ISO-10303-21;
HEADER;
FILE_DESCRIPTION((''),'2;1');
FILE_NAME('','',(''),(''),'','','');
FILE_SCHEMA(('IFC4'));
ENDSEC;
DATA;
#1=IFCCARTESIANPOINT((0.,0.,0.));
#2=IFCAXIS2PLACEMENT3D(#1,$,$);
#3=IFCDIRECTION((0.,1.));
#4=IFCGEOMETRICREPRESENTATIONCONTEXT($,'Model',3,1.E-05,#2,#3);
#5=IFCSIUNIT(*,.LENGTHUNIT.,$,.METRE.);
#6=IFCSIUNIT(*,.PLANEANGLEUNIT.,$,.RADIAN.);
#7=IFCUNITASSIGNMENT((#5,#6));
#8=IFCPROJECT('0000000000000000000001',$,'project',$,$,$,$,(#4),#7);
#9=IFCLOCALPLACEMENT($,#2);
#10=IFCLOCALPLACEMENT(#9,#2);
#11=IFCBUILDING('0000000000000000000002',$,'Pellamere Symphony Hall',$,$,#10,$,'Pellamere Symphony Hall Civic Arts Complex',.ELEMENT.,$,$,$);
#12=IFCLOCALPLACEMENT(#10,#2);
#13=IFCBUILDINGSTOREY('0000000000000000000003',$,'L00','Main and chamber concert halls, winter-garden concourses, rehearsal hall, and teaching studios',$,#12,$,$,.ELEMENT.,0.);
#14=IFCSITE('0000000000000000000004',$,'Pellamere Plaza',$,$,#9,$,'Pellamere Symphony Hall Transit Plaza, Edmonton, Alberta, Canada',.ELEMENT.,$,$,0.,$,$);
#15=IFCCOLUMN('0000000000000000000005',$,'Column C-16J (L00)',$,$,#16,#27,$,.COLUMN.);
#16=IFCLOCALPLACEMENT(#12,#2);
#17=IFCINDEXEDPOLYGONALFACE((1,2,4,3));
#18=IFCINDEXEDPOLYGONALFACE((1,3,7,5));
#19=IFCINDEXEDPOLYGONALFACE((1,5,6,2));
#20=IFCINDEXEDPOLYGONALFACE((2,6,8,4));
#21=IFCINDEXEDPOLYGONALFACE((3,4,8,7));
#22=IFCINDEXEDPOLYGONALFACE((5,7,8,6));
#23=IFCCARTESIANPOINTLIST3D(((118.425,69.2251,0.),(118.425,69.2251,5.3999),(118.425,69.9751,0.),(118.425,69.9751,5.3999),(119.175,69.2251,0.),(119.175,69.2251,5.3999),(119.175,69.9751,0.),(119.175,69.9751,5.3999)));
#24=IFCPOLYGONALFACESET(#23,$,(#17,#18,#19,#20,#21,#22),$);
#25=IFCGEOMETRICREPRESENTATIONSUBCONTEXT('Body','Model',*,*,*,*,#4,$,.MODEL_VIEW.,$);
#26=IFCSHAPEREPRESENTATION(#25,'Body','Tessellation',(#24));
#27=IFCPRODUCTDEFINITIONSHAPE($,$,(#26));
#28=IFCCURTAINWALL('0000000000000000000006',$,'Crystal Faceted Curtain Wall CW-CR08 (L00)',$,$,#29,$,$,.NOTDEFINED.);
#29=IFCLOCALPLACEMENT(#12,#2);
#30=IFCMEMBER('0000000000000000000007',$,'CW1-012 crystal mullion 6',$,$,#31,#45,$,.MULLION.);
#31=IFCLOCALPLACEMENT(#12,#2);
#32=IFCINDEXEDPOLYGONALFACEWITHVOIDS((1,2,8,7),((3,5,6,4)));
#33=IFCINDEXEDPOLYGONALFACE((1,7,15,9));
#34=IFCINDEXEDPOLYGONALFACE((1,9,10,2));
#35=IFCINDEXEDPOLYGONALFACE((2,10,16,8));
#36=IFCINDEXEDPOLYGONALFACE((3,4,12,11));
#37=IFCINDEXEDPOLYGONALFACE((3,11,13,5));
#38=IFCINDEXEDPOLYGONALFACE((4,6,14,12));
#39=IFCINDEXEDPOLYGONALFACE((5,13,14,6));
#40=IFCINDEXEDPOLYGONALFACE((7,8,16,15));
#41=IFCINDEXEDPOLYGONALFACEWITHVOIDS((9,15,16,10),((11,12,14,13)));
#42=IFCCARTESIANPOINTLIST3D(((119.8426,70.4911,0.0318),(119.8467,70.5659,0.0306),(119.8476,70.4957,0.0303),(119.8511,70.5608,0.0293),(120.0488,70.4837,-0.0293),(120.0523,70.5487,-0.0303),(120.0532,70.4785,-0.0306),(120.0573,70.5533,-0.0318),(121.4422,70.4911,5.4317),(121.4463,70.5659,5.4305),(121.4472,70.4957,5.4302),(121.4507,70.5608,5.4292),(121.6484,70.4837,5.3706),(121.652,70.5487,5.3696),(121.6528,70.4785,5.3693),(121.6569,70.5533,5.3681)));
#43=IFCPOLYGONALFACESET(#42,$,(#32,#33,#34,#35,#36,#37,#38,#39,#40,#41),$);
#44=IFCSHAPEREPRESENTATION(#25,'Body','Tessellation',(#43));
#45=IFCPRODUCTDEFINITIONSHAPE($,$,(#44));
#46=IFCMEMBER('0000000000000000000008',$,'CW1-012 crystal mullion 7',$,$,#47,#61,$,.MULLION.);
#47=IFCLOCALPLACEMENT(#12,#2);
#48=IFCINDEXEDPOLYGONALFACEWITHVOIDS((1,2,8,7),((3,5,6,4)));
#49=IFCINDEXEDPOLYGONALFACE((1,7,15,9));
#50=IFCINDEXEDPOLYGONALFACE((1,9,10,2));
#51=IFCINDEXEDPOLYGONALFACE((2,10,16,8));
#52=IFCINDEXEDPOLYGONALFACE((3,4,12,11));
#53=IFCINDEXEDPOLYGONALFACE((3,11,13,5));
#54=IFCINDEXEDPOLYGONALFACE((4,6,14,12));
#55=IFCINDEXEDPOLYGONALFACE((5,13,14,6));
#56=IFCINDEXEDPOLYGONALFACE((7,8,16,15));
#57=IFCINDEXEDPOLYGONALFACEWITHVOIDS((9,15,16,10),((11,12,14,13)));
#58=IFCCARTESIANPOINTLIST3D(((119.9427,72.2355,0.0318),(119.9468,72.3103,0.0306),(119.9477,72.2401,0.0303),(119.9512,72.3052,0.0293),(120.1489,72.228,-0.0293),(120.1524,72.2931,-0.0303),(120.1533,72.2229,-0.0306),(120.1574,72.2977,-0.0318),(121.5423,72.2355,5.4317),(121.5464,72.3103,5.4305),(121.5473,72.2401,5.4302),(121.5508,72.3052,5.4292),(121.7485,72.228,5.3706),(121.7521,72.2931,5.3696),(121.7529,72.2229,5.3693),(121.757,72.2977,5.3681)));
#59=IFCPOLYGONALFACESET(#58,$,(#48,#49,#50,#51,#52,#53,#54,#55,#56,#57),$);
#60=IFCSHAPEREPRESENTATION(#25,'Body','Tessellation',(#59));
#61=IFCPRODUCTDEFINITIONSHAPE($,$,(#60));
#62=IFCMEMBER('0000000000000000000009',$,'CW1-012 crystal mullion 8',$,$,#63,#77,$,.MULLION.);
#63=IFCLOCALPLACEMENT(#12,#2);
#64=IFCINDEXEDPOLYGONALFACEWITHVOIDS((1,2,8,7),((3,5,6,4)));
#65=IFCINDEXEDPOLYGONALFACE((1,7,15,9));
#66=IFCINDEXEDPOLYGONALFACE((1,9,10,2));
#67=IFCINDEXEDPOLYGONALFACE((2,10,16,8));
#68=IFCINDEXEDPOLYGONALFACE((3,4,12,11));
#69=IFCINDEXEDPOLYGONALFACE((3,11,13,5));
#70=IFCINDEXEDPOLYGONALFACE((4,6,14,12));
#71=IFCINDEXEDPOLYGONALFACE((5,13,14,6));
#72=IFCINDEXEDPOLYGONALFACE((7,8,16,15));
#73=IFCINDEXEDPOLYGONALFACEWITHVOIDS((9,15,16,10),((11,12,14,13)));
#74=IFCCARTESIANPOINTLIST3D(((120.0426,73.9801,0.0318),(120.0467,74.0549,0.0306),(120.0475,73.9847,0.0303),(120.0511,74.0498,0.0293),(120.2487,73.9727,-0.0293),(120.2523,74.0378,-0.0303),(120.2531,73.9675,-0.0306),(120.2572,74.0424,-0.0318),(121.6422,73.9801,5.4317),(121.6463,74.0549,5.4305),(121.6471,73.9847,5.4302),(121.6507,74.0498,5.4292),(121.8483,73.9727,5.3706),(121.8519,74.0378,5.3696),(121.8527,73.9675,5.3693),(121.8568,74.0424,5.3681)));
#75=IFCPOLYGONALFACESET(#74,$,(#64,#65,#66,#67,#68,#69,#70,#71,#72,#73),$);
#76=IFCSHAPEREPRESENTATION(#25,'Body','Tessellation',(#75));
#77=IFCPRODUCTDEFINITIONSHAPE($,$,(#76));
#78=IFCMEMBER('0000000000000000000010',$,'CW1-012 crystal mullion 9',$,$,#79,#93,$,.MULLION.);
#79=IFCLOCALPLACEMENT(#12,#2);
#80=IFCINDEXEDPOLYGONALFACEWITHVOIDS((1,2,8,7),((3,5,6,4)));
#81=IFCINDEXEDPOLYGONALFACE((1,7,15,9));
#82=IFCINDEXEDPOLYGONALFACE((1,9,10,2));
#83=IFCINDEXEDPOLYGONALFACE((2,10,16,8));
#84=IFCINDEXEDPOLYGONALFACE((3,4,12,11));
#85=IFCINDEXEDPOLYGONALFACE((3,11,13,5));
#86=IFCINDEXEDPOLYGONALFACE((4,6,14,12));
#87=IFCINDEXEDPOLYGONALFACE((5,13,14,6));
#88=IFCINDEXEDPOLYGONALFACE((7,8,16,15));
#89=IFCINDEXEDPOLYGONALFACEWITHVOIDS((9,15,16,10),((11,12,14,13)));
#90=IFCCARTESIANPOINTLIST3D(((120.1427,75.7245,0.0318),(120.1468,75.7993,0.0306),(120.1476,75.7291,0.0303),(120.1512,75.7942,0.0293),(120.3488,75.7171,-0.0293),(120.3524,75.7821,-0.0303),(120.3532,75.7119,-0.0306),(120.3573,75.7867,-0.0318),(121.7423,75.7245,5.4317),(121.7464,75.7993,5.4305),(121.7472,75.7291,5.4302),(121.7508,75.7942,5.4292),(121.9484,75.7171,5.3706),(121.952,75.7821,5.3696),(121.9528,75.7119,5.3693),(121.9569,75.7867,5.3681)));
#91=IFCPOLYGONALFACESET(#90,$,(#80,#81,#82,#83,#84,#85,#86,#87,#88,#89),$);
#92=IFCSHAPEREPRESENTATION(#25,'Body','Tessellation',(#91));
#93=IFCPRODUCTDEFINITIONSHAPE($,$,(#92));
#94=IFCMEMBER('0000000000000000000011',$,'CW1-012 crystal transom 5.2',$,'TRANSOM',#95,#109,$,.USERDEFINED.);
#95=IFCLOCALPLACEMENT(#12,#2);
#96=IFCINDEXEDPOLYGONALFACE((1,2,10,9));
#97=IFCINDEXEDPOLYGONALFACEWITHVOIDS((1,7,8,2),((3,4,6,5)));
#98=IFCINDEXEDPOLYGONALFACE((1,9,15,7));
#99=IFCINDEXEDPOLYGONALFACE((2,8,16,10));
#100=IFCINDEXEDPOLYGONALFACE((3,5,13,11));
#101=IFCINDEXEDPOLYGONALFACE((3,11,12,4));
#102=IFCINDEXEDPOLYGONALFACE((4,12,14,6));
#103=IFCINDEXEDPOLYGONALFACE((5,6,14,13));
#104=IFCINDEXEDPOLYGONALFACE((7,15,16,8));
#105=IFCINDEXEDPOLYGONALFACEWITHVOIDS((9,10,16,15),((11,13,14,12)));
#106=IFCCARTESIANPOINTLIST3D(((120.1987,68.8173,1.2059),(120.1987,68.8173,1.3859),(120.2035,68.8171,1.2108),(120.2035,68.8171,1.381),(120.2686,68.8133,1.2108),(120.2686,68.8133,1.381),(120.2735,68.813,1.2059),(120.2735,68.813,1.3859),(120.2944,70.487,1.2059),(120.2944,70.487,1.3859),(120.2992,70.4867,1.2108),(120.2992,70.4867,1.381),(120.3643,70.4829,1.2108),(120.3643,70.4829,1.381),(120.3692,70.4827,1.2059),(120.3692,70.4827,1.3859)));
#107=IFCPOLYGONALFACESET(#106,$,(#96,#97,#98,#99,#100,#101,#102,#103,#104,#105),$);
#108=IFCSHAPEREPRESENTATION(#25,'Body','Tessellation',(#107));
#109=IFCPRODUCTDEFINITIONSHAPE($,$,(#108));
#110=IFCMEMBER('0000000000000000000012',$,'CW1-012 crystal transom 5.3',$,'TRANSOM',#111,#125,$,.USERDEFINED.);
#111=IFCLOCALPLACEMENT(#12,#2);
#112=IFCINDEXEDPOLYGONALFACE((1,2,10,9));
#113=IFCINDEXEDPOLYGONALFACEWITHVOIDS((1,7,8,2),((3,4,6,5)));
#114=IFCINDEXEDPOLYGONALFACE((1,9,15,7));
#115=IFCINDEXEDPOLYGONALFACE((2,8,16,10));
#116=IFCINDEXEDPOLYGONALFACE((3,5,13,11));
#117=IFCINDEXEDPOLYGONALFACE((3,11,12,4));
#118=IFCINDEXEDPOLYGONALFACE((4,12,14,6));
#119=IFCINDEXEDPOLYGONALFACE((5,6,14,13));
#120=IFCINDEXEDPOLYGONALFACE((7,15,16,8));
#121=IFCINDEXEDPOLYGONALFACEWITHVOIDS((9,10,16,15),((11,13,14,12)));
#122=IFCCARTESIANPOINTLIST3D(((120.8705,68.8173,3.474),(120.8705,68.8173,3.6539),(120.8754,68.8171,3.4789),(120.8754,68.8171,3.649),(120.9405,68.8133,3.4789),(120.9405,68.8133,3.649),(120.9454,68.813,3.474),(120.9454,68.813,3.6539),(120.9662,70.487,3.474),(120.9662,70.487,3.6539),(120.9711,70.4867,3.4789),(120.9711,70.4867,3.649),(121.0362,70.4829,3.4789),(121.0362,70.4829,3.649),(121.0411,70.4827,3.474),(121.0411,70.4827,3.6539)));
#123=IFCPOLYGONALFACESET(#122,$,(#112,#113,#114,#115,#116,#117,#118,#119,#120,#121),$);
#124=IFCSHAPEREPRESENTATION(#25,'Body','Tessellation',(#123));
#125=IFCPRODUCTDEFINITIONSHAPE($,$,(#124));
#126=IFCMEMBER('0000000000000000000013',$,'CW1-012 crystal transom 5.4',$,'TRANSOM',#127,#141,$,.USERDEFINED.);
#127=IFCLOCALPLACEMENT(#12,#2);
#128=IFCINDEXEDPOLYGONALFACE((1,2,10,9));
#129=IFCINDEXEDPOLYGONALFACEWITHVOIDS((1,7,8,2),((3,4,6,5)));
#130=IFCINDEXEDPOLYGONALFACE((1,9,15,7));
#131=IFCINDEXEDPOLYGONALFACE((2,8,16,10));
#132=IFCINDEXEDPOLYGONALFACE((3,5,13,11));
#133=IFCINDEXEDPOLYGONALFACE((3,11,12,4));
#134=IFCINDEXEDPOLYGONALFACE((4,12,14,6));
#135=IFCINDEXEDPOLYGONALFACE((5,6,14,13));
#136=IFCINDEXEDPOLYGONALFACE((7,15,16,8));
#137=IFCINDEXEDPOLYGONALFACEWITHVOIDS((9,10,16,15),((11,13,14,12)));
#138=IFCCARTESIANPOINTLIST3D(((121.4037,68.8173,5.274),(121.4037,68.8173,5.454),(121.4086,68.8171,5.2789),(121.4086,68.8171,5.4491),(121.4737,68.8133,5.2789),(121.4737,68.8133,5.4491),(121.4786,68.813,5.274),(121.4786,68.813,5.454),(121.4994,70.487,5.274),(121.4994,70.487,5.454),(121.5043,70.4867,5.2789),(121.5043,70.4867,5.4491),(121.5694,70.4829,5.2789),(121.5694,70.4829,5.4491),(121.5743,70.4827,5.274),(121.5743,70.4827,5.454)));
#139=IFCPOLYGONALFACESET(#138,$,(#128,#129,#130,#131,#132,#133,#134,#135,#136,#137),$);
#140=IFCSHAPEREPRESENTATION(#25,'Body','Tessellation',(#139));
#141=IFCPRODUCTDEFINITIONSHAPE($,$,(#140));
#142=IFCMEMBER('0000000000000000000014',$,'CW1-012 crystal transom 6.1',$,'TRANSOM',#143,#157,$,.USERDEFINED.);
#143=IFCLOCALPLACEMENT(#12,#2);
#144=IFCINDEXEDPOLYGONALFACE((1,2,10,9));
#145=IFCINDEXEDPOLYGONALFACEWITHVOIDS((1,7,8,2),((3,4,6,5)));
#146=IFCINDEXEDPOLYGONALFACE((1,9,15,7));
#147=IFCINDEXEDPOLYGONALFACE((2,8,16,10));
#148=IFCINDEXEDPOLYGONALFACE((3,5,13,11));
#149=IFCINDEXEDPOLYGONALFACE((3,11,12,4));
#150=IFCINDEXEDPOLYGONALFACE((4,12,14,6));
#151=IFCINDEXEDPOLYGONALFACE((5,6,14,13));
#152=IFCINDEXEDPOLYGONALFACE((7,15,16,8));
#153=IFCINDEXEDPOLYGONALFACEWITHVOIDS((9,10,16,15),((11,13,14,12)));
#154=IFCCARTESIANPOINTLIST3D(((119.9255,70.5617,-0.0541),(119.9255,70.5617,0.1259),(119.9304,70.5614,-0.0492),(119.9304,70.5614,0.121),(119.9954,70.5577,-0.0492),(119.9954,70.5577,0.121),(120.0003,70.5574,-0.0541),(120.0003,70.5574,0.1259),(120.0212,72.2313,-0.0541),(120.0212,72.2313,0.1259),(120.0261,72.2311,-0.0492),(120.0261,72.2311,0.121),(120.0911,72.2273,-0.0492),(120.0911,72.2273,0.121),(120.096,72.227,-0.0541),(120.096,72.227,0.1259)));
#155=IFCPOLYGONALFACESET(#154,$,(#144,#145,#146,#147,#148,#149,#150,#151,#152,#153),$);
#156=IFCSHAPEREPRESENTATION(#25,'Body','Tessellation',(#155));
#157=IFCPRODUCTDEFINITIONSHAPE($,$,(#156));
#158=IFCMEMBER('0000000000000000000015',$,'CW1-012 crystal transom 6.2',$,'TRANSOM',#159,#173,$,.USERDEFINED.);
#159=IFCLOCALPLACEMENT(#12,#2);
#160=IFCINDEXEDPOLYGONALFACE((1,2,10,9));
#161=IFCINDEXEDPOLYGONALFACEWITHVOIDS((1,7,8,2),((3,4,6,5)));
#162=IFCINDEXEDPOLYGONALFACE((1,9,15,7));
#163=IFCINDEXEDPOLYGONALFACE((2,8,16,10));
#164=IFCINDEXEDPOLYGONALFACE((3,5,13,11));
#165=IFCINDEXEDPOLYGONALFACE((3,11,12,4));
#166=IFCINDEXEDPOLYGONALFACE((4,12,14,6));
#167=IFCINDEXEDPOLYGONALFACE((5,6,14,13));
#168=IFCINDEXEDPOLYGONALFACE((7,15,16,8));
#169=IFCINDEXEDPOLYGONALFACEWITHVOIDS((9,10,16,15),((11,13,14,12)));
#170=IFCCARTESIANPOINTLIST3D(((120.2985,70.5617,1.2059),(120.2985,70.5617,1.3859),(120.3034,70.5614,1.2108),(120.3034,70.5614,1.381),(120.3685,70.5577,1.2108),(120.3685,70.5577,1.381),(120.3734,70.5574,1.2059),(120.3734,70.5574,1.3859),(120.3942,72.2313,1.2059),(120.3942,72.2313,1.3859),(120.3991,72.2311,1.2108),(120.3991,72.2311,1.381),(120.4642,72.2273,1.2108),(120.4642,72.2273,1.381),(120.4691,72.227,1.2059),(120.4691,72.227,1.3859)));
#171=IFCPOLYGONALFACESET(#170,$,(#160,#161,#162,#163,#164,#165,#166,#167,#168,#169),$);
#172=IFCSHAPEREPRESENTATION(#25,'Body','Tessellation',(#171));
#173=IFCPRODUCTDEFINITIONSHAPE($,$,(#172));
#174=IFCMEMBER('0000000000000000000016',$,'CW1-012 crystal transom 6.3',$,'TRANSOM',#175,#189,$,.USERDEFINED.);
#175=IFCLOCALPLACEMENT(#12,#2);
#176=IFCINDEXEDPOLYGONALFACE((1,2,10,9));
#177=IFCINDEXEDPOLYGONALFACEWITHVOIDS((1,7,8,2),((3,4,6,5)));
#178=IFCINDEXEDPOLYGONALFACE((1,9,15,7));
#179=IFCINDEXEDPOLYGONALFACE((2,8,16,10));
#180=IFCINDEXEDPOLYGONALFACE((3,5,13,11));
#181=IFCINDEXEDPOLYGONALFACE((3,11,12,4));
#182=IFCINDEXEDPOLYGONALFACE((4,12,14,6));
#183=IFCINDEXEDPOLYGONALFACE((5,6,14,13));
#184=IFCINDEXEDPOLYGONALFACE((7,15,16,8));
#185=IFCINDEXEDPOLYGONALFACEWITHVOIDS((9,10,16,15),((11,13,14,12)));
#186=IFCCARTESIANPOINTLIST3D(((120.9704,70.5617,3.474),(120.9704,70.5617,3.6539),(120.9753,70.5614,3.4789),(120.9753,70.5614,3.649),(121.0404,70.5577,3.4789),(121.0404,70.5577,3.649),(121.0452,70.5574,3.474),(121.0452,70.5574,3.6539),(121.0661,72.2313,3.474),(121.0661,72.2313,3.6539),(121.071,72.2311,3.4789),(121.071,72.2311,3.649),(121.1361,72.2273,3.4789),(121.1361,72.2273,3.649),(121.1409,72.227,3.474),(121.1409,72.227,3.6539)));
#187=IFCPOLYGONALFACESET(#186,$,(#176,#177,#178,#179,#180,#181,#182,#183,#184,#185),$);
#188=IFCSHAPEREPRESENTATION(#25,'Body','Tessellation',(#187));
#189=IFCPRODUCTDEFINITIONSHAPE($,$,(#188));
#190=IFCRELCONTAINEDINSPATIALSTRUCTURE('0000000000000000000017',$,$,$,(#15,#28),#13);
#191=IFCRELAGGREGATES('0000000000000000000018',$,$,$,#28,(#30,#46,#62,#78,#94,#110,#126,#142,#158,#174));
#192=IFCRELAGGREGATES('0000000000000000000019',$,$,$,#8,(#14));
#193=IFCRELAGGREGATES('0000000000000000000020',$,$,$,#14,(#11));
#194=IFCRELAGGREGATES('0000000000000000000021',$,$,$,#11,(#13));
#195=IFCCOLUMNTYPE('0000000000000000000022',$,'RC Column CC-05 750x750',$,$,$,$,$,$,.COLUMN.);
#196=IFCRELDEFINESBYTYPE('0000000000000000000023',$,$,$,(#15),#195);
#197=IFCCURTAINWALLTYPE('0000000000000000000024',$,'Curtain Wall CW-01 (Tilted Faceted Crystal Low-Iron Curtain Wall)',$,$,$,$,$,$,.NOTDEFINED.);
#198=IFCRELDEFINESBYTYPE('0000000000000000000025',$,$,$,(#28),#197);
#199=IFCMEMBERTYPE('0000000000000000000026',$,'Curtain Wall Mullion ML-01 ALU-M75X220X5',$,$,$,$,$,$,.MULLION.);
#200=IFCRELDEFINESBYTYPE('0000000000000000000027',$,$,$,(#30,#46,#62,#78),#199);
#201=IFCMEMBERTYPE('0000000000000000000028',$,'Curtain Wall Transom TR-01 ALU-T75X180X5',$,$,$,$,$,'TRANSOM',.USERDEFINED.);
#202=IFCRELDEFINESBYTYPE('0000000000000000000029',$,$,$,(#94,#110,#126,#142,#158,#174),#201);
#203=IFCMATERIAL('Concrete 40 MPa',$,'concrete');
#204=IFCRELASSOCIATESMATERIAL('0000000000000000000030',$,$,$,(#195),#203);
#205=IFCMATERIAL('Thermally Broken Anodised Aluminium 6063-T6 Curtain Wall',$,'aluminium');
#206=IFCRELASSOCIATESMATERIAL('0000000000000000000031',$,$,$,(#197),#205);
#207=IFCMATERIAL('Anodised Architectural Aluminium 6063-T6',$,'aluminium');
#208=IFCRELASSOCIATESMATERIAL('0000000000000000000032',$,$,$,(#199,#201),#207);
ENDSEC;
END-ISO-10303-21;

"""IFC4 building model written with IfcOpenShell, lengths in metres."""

from ifc_helpers import new_model, si_unit, direction, frame, origin, origin_2d, place, context, subcontext, project, spatial, rectangle, hollow_rectangle, extrude, material, material_profile, profile_set, type_object, element, aggregate, save


model = new_model("IFC4")

# Units and contexts
model_context = context("Model", 3, precision=1e-05, world=origin(), true_north=direction((0.0, 1.0)))
body_context = subcontext(model_context, "Body", "Model", "MODEL_VIEW")
ifc_project = project(units=[si_unit("LENGTHUNIT", "METRE"), si_unit("PLANEANGLEUNIT", "RADIAN")], contexts=[model_context])

# Site, building, storey
site_placement = place(None, origin())
site = spatial("IfcSite", under=ifc_project, at=site_placement, Name="Pellamere Plaza", LongName="Pellamere Symphony Hall Transit Plaza, Edmonton, Alberta, Canada", CompositionType="ELEMENT", RefElevation=0.0)
building_placement = place(site_placement, origin())
building = spatial("IfcBuilding", under=site, at=building_placement, Name="Pellamere Symphony Hall", LongName="Pellamere Symphony Hall Civic Arts Complex", CompositionType="ELEMENT")
storey_placement = place(building_placement, origin())
storey = spatial("IfcBuildingStorey", under=building, at=storey_placement, Name="L00", Description="Main and chamber concert halls, winter-garden concourses, rehearsal hall, and teaching studios", CompositionType="ELEMENT", Elevation=0.0)

# Column
ifc_material_1 = material(Name="Concrete 40 MPa", Category="concrete")
ifc_material_profile_1 = material_profile(ifc_material_1, rectangle(XDim=0.75, YDim=0.75, at=origin_2d()), Name="RC 750x750")
ifc_profile_set_1 = profile_set([ifc_material_profile_1], Name="Concrete 40 MPa")
column_type = type_object("IfcColumnType", Name="RC Column CC-05 750x750", PredefinedType="COLUMN", material=ifc_profile_set_1)
column_placement = place(storey_placement, frame((118.8, 69.6001, 0.0), z_axis=(0.0, 0.0, 1.0), x_axis=(1.0, 0.0, 0.0)))
element("IfcColumn", 1, at=column_placement, inside=storey, type_object=column_type, Name="Column C-16J (L00)", PredefinedType="COLUMN", context=body_context, shape_type="SweptSolid", body=[
    extrude(rectangle(XDim=0.75, YDim=0.75, at=origin_2d()), origin(), (0.0, 0.0, 1.0), 5.3999),
])

# Curtain wall, members
ifc_material_2 = material(Name="Thermally Broken Anodised Aluminium 6063-T6 Curtain Wall", Category="aluminium")
curtain_wall_type = type_object("IfcCurtainWallType", Name="Curtain Wall CW-01 (Tilted Faceted Crystal Low-Iron Curtain Wall)", PredefinedType="NOTDEFINED", material=ifc_material_2)
curtain_wall_placement = place(storey_placement, origin())
curtain_wall = element("IfcCurtainWall", 2, at=curtain_wall_placement, inside=storey, type_object=curtain_wall_type, Name="Crystal Faceted Curtain Wall CW-CR08 (L00)", PredefinedType="NOTDEFINED")
ifc_material_3 = material(Name="Anodised Architectural Aluminium 6063-T6", Category="aluminium")
ifc_material_profile_2 = material_profile(ifc_material_3, hollow_rectangle(XDim=0.075, YDim=0.22, WallThickness=0.0049, at=origin_2d()), Name="ALU-M75X220X5")
ifc_profile_set_2 = profile_set([ifc_material_profile_2], Name="Anodised Architectural Aluminium 6063-T6")
member_type_1 = type_object("IfcMemberType", Name="Curtain Wall Mullion ML-01 ALU-M75X220X5", PredefinedType="MULLION", material=ifc_profile_set_2)
member_1_placement = place(storey_placement, frame((119.95, 70.5222, 0.0), z_axis=(0.284029, 0.0, 0.958816), x_axis=(-0.054874, -0.998361, 0.016255)))
member_1 = element("IfcMember", 3, at=member_1_placement, type_object=member_type_1, Name="CW1-012 crystal mullion 6", PredefinedType="MULLION", context=body_context, shape_type="SweptSolid", body=[
    extrude(hollow_rectangle(XDim=0.075, YDim=0.22, WallThickness=0.0049, at=origin_2d()), origin(), (0.0, 0.0, 1.0), 5.6318),
])
member_2_placement = place(storey_placement, frame((120.05, 72.2666, 0.0), z_axis=(0.284029, 0.0, 0.958816), x_axis=(-0.054874, -0.998361, 0.016255)))
member_2 = element("IfcMember", 4, at=member_2_placement, type_object=member_type_1, Name="CW1-012 crystal mullion 7", PredefinedType="MULLION", context=body_context, shape_type="SweptSolid", body=[
    extrude(hollow_rectangle(XDim=0.075, YDim=0.22, WallThickness=0.0049, at=origin_2d()), origin(), (0.0, 0.0, 1.0), 5.6318),
])
member_3_placement = place(storey_placement, frame((120.1499, 74.0112, 0.0), z_axis=(0.284029, 0.0, 0.958816), x_axis=(-0.054874, -0.998361, 0.016255)))
member_3 = element("IfcMember", 5, at=member_3_placement, type_object=member_type_1, Name="CW1-012 crystal mullion 8", PredefinedType="MULLION", context=body_context, shape_type="SweptSolid", body=[
    extrude(hollow_rectangle(XDim=0.075, YDim=0.22, WallThickness=0.0049, at=origin_2d()), origin(), (0.0, 0.0, 1.0), 5.6318),
])
member_4_placement = place(storey_placement, frame((120.25, 75.7556, 0.0), z_axis=(0.284029, 0.0, 0.958816), x_axis=(-0.054874, -0.998361, 0.016255)))
member_4 = element("IfcMember", 6, at=member_4_placement, type_object=member_type_1, Name="CW1-012 crystal mullion 9", PredefinedType="MULLION", context=body_context, shape_type="SweptSolid", body=[
    extrude(hollow_rectangle(XDim=0.075, YDim=0.22, WallThickness=0.0049, at=origin_2d()), origin(), (0.0, 0.0, 1.0), 5.6318),
])
ifc_material_profile_3 = material_profile(ifc_material_3, hollow_rectangle(XDim=0.075, YDim=0.1799, WallThickness=0.0049, at=origin_2d()), Name="ALU-T75X180X5")
ifc_profile_set_3 = profile_set([ifc_material_profile_3], Name="Anodised Architectural Aluminium 6063-T6")
member_type_2 = type_object("IfcMemberType", Name="Curtain Wall Transom TR-01 ALU-T75X180X5", ElementType="TRANSOM", PredefinedType="USERDEFINED", material=ifc_profile_set_3)
member_5_placement = place(storey_placement, frame((120.2361, 68.8152, 1.2959), z_axis=(0.057224, 0.998361, 0.0), x_axis=(-0.998361, 0.057224, 0.0)))
member_5 = element("IfcMember", 7, at=member_5_placement, type_object=member_type_2, Name="CW1-012 crystal transom 5.2", ObjectType="TRANSOM", PredefinedType="USERDEFINED", context=body_context, shape_type="SweptSolid", body=[
    extrude(hollow_rectangle(XDim=0.075, YDim=0.1799, WallThickness=0.0049, at=origin_2d()), origin(), (0.0, 0.0, 1.0), 1.6724),
])
member_6_placement = place(storey_placement, frame((120.908, 68.8152, 3.564), z_axis=(0.057224, 0.998361, 0.0), x_axis=(-0.998361, 0.057224, 0.0)))
member_6 = element("IfcMember", 8, at=member_6_placement, type_object=member_type_2, Name="CW1-012 crystal transom 5.3", ObjectType="TRANSOM", PredefinedType="USERDEFINED", context=body_context, shape_type="SweptSolid", body=[
    extrude(hollow_rectangle(XDim=0.075, YDim=0.1799, WallThickness=0.0049, at=origin_2d()), origin(), (0.0, 0.0, 1.0), 1.6724),
])
member_7_placement = place(storey_placement, frame((121.4412, 68.8152, 5.364), z_axis=(0.057224, 0.998361, 0.0), x_axis=(-0.998361, 0.057224, 0.0)))
member_7 = element("IfcMember", 9, at=member_7_placement, type_object=member_type_2, Name="CW1-012 crystal transom 5.4", ObjectType="TRANSOM", PredefinedType="USERDEFINED", context=body_context, shape_type="SweptSolid", body=[
    extrude(hollow_rectangle(XDim=0.075, YDim=0.1799, WallThickness=0.0049, at=origin_2d()), origin(), (0.0, 0.0, 1.0), 1.6724),
])
member_8_placement = place(storey_placement, frame((119.9629, 70.5596, 0.0359), z_axis=(0.057224, 0.998361, 0.0), x_axis=(-0.998361, 0.057224, 0.0)))
member_8 = element("IfcMember", 10, at=member_8_placement, type_object=member_type_2, Name="CW1-012 crystal transom 6.1", ObjectType="TRANSOM", PredefinedType="USERDEFINED", context=body_context, shape_type="SweptSolid", body=[
    extrude(hollow_rectangle(XDim=0.075, YDim=0.1799, WallThickness=0.0049, at=origin_2d()), origin(), (0.0, 0.0, 1.0), 1.6724),
])
member_9_placement = place(storey_placement, frame((120.3359, 70.5596, 1.2959), z_axis=(0.057224, 0.998361, 0.0), x_axis=(-0.998361, 0.057224, 0.0)))
member_9 = element("IfcMember", 11, at=member_9_placement, type_object=member_type_2, Name="CW1-012 crystal transom 6.2", ObjectType="TRANSOM", PredefinedType="USERDEFINED", context=body_context, shape_type="SweptSolid", body=[
    extrude(hollow_rectangle(XDim=0.075, YDim=0.1799, WallThickness=0.0049, at=origin_2d()), origin(), (0.0, 0.0, 1.0), 1.6724),
])
member_10_placement = place(storey_placement, frame((121.0078, 70.5596, 3.564), z_axis=(0.057224, 0.998361, 0.0), x_axis=(-0.998361, 0.057224, 0.0)))
member_10 = element("IfcMember", 12, at=member_10_placement, type_object=member_type_2, Name="CW1-012 crystal transom 6.3", ObjectType="TRANSOM", PredefinedType="USERDEFINED", context=body_context, shape_type="SweptSolid", body=[
    extrude(hollow_rectangle(XDim=0.075, YDim=0.1799, WallThickness=0.0049, at=origin_2d()), origin(), (0.0, 0.0, 1.0), 1.6724),
])

aggregate(curtain_wall, [member_1, member_2, member_3, member_4, member_5, member_6, member_7, member_8, member_9, member_10])

save(model, "model.ifc")
